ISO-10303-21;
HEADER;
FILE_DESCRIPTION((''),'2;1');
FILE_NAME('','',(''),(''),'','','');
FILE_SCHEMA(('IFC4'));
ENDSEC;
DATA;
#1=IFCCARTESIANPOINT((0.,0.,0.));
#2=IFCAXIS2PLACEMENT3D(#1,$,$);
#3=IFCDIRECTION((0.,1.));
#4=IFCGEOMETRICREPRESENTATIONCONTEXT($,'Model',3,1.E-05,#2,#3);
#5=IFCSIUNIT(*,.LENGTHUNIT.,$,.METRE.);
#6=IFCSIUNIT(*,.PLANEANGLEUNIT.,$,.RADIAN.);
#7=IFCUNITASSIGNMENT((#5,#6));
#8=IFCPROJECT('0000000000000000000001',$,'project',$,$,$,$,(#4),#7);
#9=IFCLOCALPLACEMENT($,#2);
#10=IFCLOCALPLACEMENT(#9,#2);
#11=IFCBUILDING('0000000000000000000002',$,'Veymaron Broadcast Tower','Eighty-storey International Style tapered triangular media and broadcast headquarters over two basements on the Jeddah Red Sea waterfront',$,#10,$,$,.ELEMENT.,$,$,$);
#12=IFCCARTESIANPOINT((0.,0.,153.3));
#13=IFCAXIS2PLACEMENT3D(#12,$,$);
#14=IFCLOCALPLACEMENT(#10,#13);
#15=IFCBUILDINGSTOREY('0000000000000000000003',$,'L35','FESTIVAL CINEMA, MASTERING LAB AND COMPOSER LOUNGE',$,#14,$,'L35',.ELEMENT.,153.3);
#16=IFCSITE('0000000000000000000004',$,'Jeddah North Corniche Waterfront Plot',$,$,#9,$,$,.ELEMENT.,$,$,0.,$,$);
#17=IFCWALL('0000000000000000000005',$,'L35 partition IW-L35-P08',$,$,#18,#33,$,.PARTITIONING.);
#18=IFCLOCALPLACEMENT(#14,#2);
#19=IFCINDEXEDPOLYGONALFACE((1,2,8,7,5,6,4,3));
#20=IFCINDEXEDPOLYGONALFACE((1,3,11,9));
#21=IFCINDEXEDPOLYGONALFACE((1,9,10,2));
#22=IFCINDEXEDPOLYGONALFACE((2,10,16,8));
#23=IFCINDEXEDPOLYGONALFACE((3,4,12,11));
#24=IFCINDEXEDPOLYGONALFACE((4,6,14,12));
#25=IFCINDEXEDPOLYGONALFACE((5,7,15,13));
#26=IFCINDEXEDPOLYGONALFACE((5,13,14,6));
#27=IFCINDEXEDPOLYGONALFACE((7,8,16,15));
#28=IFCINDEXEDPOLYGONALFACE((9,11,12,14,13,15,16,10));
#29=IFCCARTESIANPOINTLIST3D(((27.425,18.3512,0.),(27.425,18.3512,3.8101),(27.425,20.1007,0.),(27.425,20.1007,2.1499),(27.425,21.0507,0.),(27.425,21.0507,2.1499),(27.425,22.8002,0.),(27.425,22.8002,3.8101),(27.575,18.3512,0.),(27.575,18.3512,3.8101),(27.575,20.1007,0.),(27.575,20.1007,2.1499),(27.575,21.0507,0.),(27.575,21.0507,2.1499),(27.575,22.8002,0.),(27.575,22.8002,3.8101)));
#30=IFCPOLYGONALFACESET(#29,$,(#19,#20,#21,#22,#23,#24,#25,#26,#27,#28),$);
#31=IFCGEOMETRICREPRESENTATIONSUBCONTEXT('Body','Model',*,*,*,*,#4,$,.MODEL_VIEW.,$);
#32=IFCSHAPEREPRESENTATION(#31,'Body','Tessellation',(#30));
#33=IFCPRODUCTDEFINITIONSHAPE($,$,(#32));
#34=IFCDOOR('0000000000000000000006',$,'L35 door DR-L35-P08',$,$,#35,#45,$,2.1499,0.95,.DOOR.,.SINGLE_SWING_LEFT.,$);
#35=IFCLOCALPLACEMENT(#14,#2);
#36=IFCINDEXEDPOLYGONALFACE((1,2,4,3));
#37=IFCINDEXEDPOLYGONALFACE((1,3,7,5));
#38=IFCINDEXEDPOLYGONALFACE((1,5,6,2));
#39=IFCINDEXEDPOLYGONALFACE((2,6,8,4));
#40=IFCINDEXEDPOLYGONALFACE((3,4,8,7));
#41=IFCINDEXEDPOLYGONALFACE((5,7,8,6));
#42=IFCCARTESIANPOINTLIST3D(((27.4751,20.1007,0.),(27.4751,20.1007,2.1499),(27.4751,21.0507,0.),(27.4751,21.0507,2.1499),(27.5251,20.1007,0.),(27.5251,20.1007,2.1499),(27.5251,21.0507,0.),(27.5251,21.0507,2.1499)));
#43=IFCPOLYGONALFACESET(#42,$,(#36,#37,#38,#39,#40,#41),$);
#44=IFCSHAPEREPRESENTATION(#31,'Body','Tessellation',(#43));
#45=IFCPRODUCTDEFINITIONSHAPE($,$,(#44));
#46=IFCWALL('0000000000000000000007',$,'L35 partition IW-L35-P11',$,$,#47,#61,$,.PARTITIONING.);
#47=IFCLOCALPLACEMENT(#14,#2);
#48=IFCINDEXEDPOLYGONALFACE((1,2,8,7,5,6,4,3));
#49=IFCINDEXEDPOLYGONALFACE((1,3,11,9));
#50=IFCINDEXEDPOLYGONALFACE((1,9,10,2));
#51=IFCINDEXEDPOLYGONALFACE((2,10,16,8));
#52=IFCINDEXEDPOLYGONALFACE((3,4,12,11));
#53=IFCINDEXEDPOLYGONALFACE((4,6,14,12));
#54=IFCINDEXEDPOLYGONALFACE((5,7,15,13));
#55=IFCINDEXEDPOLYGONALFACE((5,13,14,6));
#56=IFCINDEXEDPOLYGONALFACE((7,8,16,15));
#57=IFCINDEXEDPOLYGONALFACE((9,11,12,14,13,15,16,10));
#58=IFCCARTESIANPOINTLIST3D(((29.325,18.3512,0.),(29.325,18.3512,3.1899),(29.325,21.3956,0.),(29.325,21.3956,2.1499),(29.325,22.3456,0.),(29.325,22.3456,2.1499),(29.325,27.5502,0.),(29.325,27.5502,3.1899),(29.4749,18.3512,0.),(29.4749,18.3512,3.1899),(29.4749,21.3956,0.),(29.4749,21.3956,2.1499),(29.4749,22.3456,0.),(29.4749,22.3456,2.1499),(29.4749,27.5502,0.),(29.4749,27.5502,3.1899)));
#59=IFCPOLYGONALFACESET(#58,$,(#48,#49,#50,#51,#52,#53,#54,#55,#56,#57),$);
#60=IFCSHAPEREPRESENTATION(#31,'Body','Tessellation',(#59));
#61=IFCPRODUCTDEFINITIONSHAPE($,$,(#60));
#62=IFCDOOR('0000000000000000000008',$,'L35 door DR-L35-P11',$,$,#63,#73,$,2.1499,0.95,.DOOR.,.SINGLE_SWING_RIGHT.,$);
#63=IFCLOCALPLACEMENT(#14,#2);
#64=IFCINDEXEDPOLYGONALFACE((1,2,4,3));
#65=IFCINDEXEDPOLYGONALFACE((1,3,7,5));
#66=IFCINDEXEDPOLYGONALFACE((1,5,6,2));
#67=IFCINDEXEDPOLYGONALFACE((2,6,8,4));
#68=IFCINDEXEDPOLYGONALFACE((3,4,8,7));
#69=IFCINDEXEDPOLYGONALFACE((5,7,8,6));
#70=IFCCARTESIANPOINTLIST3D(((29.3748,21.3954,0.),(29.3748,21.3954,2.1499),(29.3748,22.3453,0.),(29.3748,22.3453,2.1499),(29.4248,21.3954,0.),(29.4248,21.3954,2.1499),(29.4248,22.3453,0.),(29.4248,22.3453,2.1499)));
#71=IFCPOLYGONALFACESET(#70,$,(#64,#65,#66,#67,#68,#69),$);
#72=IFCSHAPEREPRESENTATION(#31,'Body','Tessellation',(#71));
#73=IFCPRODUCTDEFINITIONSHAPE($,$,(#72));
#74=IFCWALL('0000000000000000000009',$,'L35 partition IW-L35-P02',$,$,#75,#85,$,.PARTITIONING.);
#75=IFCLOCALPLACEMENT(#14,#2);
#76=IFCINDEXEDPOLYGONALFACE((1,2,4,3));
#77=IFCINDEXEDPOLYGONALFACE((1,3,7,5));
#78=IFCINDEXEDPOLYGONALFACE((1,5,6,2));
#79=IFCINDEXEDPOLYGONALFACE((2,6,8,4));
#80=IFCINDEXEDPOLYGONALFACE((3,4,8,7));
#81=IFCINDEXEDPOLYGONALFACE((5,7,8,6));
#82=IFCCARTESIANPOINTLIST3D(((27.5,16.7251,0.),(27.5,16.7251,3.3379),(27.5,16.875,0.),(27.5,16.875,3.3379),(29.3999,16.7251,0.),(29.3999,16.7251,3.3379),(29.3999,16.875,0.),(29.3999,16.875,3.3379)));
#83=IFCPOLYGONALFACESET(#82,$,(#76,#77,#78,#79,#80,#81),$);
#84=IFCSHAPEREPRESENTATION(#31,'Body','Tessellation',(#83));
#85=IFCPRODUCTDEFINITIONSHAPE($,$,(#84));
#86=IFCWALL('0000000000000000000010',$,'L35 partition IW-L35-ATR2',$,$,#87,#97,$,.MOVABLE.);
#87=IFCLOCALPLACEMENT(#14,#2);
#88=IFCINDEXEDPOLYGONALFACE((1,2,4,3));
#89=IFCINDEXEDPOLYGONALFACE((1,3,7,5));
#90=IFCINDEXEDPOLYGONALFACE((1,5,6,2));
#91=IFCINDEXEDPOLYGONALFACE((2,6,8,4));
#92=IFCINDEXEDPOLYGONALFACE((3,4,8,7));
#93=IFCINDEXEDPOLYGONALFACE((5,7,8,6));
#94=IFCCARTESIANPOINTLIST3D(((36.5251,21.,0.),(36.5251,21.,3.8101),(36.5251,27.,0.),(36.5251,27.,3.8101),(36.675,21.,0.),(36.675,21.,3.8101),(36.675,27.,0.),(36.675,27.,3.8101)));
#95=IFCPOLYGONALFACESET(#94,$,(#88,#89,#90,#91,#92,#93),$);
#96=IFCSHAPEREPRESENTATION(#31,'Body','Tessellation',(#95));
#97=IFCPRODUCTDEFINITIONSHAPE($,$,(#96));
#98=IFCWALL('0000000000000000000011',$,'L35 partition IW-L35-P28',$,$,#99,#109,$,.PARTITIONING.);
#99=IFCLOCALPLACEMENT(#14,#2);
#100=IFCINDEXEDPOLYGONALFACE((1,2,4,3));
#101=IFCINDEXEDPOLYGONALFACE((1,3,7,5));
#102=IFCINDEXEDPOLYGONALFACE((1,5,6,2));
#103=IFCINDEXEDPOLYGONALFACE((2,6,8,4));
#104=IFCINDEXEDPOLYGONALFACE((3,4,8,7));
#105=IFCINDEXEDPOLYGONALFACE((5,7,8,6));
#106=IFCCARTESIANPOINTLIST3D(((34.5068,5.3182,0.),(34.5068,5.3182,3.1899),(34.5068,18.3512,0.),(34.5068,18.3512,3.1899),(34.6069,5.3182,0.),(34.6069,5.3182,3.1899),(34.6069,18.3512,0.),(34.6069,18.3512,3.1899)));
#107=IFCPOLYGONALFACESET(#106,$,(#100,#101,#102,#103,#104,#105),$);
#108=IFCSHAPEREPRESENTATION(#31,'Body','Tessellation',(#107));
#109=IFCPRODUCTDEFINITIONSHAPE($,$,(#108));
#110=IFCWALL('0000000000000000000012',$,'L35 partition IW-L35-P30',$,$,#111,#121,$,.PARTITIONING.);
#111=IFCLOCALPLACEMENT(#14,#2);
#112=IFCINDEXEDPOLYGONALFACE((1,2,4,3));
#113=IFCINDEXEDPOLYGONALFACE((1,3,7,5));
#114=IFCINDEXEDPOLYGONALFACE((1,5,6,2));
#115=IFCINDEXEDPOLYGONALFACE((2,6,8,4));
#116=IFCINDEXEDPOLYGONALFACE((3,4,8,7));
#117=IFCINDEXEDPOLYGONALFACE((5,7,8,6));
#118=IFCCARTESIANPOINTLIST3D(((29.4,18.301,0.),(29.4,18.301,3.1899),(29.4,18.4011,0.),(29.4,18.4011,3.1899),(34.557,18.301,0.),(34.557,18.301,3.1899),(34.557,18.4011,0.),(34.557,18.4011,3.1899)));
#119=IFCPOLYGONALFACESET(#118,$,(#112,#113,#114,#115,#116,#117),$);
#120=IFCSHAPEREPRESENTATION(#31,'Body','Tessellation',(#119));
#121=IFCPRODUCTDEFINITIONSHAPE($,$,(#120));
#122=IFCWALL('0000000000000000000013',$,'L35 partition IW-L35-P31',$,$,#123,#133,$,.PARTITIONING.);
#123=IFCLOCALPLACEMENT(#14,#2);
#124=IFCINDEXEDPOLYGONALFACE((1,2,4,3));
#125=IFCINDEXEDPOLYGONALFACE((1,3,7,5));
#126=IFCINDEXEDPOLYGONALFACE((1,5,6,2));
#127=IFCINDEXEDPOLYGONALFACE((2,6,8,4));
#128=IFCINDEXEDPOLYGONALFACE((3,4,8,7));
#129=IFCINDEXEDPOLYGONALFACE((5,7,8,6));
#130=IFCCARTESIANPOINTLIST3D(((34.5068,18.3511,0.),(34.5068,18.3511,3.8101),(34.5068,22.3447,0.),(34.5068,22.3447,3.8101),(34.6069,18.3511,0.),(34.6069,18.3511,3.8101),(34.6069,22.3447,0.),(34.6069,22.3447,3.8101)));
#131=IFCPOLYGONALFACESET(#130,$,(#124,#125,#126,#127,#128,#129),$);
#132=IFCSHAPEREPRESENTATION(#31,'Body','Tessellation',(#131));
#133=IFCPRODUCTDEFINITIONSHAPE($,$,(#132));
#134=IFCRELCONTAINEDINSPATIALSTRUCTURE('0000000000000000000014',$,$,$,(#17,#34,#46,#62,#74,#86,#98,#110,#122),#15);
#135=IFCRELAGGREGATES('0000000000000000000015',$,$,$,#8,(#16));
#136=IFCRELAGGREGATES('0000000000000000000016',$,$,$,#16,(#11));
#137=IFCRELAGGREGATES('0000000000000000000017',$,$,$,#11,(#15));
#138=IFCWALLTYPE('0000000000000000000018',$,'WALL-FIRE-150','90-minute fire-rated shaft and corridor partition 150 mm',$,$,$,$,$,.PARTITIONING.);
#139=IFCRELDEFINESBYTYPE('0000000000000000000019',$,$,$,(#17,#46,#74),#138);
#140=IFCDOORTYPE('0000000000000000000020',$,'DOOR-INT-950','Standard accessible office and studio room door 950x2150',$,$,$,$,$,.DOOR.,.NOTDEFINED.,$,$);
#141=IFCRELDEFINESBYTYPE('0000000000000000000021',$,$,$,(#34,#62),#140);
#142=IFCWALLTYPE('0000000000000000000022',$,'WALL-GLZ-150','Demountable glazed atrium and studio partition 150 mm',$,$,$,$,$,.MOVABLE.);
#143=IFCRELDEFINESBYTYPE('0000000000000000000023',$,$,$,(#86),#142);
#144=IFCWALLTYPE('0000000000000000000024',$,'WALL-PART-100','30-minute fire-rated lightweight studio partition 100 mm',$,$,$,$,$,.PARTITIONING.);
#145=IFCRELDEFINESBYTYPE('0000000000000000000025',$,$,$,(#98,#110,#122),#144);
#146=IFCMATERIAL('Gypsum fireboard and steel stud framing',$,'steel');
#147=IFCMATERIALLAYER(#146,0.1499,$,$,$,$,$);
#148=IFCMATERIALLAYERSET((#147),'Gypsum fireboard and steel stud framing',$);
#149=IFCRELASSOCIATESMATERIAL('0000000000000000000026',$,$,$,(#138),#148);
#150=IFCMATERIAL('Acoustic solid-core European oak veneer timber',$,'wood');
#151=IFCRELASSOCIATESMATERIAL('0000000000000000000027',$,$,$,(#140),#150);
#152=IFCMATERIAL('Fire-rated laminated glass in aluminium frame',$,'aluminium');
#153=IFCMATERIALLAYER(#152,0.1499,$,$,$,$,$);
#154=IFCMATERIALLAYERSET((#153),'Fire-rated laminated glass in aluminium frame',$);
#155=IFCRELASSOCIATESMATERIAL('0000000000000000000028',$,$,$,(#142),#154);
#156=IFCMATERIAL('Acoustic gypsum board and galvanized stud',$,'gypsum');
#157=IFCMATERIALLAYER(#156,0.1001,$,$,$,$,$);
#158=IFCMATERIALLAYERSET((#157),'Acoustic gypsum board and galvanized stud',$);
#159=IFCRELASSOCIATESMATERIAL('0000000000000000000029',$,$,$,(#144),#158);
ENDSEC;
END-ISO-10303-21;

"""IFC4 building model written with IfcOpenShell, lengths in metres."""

from ifc_helpers import new_model, si_unit, direction, frame, frame_2d, origin, place, context, subcontext, project, spatial, rectangle, extrude, material, layer, layer_set, type_object, element, fill, save


model = new_model("IFC4")

# Units and contexts
model_context = context("Model", 3, precision=1e-05, world=origin(), true_north=direction((0.0, 1.0)))
body_context = subcontext(model_context, "Body", "Model", "MODEL_VIEW")
ifc_project = project(units=[si_unit("LENGTHUNIT", "METRE"), si_unit("PLANEANGLEUNIT", "RADIAN")], contexts=[model_context])

# Site, building, storey
site_placement = place(None, origin())
site = spatial("IfcSite", under=ifc_project, at=site_placement, Name="Jeddah North Corniche Waterfront Plot", CompositionType="ELEMENT", RefElevation=0.0)
building_placement = place(site_placement, origin())
building = spatial("IfcBuilding", under=site, at=building_placement, Name="Veymaron Broadcast Tower", Description="Eighty-storey International Style tapered triangular media and broadcast headquarters over two basements on the Jeddah Red Sea waterfront", CompositionType="ELEMENT")
storey_placement = place(building_placement, frame((0.0, 0.0, 153.3)))
storey = spatial("IfcBuildingStorey", under=building, at=storey_placement, Name="L35", Description="FESTIVAL CINEMA, MASTERING LAB AND COMPOSER LOUNGE", LongName="L35", CompositionType="ELEMENT", Elevation=153.3)

# Walls, openings, doors
ifc_material_1 = material(Name="Gypsum fireboard and steel stud framing", Category="steel")
ifc_layer_1 = layer(ifc_material_1, 0.1499)
ifc_layer_set_1 = layer_set([ifc_layer_1], Name="Gypsum fireboard and steel stud framing")
wall_type_1 = type_object("IfcWallType", Name="WALL-FIRE-150", Description="90-minute fire-rated shaft and corridor partition 150 mm", PredefinedType="PARTITIONING", material=ifc_layer_set_1)
wall_1_placement = place(storey_placement, frame((27.5, 18.3511, 0.0), z_axis=(0.0, 0.0, 1.0), x_axis=(0.0, 1.0, 0.0)))
wall_1 = element("IfcWall", 1, at=wall_1_placement, inside=storey, type_object=wall_type_1, Name="L35 partition IW-L35-P08", PredefinedType="PARTITIONING", context=body_context, shape_type="SweptSolid", body=[
    extrude(rectangle(XDim=4.449, YDim=0.1499, at=frame_2d((2.2246, 0.0))), origin(), (0.0, 0.0, 1.0), 3.8101),
])
opening_1_placement = place(wall_1_placement, frame((1.7495, 0.0, 0.0)))
opening_1 = element("IfcOpeningElement", 2, at=opening_1_placement, cuts=wall_1, PredefinedType="OPENING", context=body_context, shape_type="SweptSolid", body=[
    extrude(rectangle(XDim=0.95, YDim=2.1499, at=frame_2d((0.4751, 1.075))), frame((0.0, 0.085, 0.0), z_axis=(0.0, -1.0, 0.0), x_axis=(1.0, 0.0, 0.0)), (0.0, 0.0, 1.0), 0.1699),
])
ifc_material_2 = material(Name="Acoustic solid-core European oak veneer timber", Category="wood")
door_type_1 = type_object("IfcDoorType", Name="DOOR-INT-950", Description="Standard accessible office and studio room door 950x2150", OperationType="NOTDEFINED", PredefinedType="DOOR", material=ifc_material_2)
door_1_placement = place(opening_1_placement, origin())
door_1 = element("IfcDoor", 3, at=door_1_placement, inside=storey, type_object=door_type_1, Name="L35 door DR-L35-P08", OperationType="SINGLE_SWING_LEFT", OverallHeight=2.1499, OverallWidth=0.95, PredefinedType="DOOR", context=body_context, shape_type="SweptSolid", body=[
    extrude(rectangle(XDim=0.95, YDim=2.1499, at=frame_2d((0.4751, 1.075))), frame((0.0, 0.0249, 0.0), z_axis=(0.0, -1.0, 0.0), x_axis=(1.0, 0.0, 0.0)), (0.0, 0.0, 1.0), 0.05),
])
fill(opening_1, door_1)
wall_2_placement = place(storey_placement, frame((29.3999, 18.3511, 0.0), z_axis=(0.0, 0.0, 1.0), x_axis=(0.0, 1.0, 0.0)))
wall_2 = element("IfcWall", 4, at=wall_2_placement, inside=storey, type_object=wall_type_1, Name="L35 partition IW-L35-P11", PredefinedType="PARTITIONING", context=body_context, shape_type="SweptSolid", body=[
    extrude(rectangle(XDim=9.199, YDim=0.1499, at=frame_2d((4.5996, 0.0))), origin(), (0.0, 0.0, 1.0), 3.1899),
])
opening_2_placement = place(wall_2_placement, frame((3.0444, 0.0, 0.0)))
opening_2 = element("IfcOpeningElement", 5, at=opening_2_placement, cuts=wall_2, PredefinedType="OPENING", context=body_context, shape_type="SweptSolid", body=[
    extrude(rectangle(XDim=0.95, YDim=2.1499, at=frame_2d((0.4751, 1.075))), frame((0.0, 0.085, 0.0), z_axis=(0.0, -1.0, 0.0), x_axis=(1.0, 0.0, 0.0)), (0.0, 0.0, 1.0), 0.1699),
])
door_2_placement = place(opening_2_placement, frame((0.95, 0.0, 0.0), z_axis=(0.0, 0.0, 1.0), x_axis=(-1.0, 0.0, 0.0)))
door_2 = element("IfcDoor", 6, at=door_2_placement, inside=storey, type_object=door_type_1, Name="L35 door DR-L35-P11", OperationType="SINGLE_SWING_RIGHT", OverallHeight=2.1499, OverallWidth=0.95, PredefinedType="DOOR", context=body_context, shape_type="SweptSolid", body=[
    extrude(rectangle(XDim=0.95, YDim=2.1499, at=frame_2d((0.4751, 1.075))), frame((0.0, 0.0249, 0.0), z_axis=(0.0, -1.0, 0.0), x_axis=(1.0, 0.0, 0.0)), (0.0, 0.0, 1.0), 0.05),
])
fill(opening_2, door_2)

# Walls
wall_3_placement = place(storey_placement, frame((27.5, 16.8, 0.0), z_axis=(0.0, 0.0, 1.0), x_axis=(1.0, 0.0, 0.0)))
element("IfcWall", 7, at=wall_3_placement, inside=storey, type_object=wall_type_1, Name="L35 partition IW-L35-P02", PredefinedType="PARTITIONING", context=body_context, shape_type="SweptSolid", body=[
    extrude(rectangle(XDim=1.8999, YDim=0.1499, at=frame_2d((0.95, 0.0))), origin(), (0.0, 0.0, 1.0), 3.3379),
])
ifc_material_3 = material(Name="Fire-rated laminated glass in aluminium frame", Category="aluminium")
ifc_layer_2 = layer(ifc_material_3, 0.1499)
ifc_layer_set_2 = layer_set([ifc_layer_2], Name="Fire-rated laminated glass in aluminium frame")
wall_type_2 = type_object("IfcWallType", Name="WALL-GLZ-150", Description="Demountable glazed atrium and studio partition 150 mm", PredefinedType="MOVABLE", material=ifc_layer_set_2)
wall_4_placement = place(storey_placement, frame((36.6001, 21.0, 0.0), z_axis=(0.0, 0.0, 1.0), x_axis=(0.0, 1.0, 0.0)))
element("IfcWall", 8, at=wall_4_placement, inside=storey, type_object=wall_type_2, Name="L35 partition IW-L35-ATR2", PredefinedType="MOVABLE", context=body_context, shape_type="SweptSolid", body=[
    extrude(rectangle(XDim=6.0, YDim=0.1499, at=frame_2d((3.0, 0.0))), origin(), (0.0, 0.0, 1.0), 3.8101),
])
ifc_material_4 = material(Name="Acoustic gypsum board and galvanized stud", Category="gypsum")
ifc_layer_3 = layer(ifc_material_4, 0.1001)
ifc_layer_set_3 = layer_set([ifc_layer_3], Name="Acoustic gypsum board and galvanized stud")
wall_type_3 = type_object("IfcWallType", Name="WALL-PART-100", Description="30-minute fire-rated lightweight studio partition 100 mm", PredefinedType="PARTITIONING", material=ifc_layer_set_3)
wall_5_placement = place(storey_placement, frame((34.5569, 5.3181, 0.0), z_axis=(0.0, 0.0, 1.0), x_axis=(0.0, 1.0, 0.0)))
element("IfcWall", 9, at=wall_5_placement, inside=storey, type_object=wall_type_3, Name="L35 partition IW-L35-P28", PredefinedType="PARTITIONING", context=body_context, shape_type="SweptSolid", body=[
    extrude(rectangle(XDim=13.033, YDim=0.1001, at=frame_2d((6.5166, 0.0))), origin(), (0.0, 0.0, 1.0), 3.1899),
])
wall_6_placement = place(storey_placement, frame((29.3999, 18.3511, 0.0), z_axis=(0.0, 0.0, 1.0), x_axis=(1.0, 0.0, 0.0)))
element("IfcWall", 10, at=wall_6_placement, inside=storey, type_object=wall_type_3, Name="L35 partition IW-L35-P30", PredefinedType="PARTITIONING", context=body_context, shape_type="SweptSolid", body=[
    extrude(rectangle(XDim=5.157, YDim=0.1001, at=frame_2d((2.5786, 0.0))), origin(), (0.0, 0.0, 1.0), 3.1899),
])
wall_7_placement = place(storey_placement, frame((34.5569, 18.3511, 0.0), z_axis=(0.0, 0.0, 1.0), x_axis=(0.0, 1.0, 0.0)))
element("IfcWall", 11, at=wall_7_placement, inside=storey, type_object=wall_type_3, Name="L35 partition IW-L35-P31", PredefinedType="PARTITIONING", context=body_context, shape_type="SweptSolid", body=[
    extrude(rectangle(XDim=3.9937, YDim=0.1001, at=frame_2d((1.9968, 0.0))), origin(), (0.0, 0.0, 1.0), 3.8101),
])

save(model, "model.ifc")
